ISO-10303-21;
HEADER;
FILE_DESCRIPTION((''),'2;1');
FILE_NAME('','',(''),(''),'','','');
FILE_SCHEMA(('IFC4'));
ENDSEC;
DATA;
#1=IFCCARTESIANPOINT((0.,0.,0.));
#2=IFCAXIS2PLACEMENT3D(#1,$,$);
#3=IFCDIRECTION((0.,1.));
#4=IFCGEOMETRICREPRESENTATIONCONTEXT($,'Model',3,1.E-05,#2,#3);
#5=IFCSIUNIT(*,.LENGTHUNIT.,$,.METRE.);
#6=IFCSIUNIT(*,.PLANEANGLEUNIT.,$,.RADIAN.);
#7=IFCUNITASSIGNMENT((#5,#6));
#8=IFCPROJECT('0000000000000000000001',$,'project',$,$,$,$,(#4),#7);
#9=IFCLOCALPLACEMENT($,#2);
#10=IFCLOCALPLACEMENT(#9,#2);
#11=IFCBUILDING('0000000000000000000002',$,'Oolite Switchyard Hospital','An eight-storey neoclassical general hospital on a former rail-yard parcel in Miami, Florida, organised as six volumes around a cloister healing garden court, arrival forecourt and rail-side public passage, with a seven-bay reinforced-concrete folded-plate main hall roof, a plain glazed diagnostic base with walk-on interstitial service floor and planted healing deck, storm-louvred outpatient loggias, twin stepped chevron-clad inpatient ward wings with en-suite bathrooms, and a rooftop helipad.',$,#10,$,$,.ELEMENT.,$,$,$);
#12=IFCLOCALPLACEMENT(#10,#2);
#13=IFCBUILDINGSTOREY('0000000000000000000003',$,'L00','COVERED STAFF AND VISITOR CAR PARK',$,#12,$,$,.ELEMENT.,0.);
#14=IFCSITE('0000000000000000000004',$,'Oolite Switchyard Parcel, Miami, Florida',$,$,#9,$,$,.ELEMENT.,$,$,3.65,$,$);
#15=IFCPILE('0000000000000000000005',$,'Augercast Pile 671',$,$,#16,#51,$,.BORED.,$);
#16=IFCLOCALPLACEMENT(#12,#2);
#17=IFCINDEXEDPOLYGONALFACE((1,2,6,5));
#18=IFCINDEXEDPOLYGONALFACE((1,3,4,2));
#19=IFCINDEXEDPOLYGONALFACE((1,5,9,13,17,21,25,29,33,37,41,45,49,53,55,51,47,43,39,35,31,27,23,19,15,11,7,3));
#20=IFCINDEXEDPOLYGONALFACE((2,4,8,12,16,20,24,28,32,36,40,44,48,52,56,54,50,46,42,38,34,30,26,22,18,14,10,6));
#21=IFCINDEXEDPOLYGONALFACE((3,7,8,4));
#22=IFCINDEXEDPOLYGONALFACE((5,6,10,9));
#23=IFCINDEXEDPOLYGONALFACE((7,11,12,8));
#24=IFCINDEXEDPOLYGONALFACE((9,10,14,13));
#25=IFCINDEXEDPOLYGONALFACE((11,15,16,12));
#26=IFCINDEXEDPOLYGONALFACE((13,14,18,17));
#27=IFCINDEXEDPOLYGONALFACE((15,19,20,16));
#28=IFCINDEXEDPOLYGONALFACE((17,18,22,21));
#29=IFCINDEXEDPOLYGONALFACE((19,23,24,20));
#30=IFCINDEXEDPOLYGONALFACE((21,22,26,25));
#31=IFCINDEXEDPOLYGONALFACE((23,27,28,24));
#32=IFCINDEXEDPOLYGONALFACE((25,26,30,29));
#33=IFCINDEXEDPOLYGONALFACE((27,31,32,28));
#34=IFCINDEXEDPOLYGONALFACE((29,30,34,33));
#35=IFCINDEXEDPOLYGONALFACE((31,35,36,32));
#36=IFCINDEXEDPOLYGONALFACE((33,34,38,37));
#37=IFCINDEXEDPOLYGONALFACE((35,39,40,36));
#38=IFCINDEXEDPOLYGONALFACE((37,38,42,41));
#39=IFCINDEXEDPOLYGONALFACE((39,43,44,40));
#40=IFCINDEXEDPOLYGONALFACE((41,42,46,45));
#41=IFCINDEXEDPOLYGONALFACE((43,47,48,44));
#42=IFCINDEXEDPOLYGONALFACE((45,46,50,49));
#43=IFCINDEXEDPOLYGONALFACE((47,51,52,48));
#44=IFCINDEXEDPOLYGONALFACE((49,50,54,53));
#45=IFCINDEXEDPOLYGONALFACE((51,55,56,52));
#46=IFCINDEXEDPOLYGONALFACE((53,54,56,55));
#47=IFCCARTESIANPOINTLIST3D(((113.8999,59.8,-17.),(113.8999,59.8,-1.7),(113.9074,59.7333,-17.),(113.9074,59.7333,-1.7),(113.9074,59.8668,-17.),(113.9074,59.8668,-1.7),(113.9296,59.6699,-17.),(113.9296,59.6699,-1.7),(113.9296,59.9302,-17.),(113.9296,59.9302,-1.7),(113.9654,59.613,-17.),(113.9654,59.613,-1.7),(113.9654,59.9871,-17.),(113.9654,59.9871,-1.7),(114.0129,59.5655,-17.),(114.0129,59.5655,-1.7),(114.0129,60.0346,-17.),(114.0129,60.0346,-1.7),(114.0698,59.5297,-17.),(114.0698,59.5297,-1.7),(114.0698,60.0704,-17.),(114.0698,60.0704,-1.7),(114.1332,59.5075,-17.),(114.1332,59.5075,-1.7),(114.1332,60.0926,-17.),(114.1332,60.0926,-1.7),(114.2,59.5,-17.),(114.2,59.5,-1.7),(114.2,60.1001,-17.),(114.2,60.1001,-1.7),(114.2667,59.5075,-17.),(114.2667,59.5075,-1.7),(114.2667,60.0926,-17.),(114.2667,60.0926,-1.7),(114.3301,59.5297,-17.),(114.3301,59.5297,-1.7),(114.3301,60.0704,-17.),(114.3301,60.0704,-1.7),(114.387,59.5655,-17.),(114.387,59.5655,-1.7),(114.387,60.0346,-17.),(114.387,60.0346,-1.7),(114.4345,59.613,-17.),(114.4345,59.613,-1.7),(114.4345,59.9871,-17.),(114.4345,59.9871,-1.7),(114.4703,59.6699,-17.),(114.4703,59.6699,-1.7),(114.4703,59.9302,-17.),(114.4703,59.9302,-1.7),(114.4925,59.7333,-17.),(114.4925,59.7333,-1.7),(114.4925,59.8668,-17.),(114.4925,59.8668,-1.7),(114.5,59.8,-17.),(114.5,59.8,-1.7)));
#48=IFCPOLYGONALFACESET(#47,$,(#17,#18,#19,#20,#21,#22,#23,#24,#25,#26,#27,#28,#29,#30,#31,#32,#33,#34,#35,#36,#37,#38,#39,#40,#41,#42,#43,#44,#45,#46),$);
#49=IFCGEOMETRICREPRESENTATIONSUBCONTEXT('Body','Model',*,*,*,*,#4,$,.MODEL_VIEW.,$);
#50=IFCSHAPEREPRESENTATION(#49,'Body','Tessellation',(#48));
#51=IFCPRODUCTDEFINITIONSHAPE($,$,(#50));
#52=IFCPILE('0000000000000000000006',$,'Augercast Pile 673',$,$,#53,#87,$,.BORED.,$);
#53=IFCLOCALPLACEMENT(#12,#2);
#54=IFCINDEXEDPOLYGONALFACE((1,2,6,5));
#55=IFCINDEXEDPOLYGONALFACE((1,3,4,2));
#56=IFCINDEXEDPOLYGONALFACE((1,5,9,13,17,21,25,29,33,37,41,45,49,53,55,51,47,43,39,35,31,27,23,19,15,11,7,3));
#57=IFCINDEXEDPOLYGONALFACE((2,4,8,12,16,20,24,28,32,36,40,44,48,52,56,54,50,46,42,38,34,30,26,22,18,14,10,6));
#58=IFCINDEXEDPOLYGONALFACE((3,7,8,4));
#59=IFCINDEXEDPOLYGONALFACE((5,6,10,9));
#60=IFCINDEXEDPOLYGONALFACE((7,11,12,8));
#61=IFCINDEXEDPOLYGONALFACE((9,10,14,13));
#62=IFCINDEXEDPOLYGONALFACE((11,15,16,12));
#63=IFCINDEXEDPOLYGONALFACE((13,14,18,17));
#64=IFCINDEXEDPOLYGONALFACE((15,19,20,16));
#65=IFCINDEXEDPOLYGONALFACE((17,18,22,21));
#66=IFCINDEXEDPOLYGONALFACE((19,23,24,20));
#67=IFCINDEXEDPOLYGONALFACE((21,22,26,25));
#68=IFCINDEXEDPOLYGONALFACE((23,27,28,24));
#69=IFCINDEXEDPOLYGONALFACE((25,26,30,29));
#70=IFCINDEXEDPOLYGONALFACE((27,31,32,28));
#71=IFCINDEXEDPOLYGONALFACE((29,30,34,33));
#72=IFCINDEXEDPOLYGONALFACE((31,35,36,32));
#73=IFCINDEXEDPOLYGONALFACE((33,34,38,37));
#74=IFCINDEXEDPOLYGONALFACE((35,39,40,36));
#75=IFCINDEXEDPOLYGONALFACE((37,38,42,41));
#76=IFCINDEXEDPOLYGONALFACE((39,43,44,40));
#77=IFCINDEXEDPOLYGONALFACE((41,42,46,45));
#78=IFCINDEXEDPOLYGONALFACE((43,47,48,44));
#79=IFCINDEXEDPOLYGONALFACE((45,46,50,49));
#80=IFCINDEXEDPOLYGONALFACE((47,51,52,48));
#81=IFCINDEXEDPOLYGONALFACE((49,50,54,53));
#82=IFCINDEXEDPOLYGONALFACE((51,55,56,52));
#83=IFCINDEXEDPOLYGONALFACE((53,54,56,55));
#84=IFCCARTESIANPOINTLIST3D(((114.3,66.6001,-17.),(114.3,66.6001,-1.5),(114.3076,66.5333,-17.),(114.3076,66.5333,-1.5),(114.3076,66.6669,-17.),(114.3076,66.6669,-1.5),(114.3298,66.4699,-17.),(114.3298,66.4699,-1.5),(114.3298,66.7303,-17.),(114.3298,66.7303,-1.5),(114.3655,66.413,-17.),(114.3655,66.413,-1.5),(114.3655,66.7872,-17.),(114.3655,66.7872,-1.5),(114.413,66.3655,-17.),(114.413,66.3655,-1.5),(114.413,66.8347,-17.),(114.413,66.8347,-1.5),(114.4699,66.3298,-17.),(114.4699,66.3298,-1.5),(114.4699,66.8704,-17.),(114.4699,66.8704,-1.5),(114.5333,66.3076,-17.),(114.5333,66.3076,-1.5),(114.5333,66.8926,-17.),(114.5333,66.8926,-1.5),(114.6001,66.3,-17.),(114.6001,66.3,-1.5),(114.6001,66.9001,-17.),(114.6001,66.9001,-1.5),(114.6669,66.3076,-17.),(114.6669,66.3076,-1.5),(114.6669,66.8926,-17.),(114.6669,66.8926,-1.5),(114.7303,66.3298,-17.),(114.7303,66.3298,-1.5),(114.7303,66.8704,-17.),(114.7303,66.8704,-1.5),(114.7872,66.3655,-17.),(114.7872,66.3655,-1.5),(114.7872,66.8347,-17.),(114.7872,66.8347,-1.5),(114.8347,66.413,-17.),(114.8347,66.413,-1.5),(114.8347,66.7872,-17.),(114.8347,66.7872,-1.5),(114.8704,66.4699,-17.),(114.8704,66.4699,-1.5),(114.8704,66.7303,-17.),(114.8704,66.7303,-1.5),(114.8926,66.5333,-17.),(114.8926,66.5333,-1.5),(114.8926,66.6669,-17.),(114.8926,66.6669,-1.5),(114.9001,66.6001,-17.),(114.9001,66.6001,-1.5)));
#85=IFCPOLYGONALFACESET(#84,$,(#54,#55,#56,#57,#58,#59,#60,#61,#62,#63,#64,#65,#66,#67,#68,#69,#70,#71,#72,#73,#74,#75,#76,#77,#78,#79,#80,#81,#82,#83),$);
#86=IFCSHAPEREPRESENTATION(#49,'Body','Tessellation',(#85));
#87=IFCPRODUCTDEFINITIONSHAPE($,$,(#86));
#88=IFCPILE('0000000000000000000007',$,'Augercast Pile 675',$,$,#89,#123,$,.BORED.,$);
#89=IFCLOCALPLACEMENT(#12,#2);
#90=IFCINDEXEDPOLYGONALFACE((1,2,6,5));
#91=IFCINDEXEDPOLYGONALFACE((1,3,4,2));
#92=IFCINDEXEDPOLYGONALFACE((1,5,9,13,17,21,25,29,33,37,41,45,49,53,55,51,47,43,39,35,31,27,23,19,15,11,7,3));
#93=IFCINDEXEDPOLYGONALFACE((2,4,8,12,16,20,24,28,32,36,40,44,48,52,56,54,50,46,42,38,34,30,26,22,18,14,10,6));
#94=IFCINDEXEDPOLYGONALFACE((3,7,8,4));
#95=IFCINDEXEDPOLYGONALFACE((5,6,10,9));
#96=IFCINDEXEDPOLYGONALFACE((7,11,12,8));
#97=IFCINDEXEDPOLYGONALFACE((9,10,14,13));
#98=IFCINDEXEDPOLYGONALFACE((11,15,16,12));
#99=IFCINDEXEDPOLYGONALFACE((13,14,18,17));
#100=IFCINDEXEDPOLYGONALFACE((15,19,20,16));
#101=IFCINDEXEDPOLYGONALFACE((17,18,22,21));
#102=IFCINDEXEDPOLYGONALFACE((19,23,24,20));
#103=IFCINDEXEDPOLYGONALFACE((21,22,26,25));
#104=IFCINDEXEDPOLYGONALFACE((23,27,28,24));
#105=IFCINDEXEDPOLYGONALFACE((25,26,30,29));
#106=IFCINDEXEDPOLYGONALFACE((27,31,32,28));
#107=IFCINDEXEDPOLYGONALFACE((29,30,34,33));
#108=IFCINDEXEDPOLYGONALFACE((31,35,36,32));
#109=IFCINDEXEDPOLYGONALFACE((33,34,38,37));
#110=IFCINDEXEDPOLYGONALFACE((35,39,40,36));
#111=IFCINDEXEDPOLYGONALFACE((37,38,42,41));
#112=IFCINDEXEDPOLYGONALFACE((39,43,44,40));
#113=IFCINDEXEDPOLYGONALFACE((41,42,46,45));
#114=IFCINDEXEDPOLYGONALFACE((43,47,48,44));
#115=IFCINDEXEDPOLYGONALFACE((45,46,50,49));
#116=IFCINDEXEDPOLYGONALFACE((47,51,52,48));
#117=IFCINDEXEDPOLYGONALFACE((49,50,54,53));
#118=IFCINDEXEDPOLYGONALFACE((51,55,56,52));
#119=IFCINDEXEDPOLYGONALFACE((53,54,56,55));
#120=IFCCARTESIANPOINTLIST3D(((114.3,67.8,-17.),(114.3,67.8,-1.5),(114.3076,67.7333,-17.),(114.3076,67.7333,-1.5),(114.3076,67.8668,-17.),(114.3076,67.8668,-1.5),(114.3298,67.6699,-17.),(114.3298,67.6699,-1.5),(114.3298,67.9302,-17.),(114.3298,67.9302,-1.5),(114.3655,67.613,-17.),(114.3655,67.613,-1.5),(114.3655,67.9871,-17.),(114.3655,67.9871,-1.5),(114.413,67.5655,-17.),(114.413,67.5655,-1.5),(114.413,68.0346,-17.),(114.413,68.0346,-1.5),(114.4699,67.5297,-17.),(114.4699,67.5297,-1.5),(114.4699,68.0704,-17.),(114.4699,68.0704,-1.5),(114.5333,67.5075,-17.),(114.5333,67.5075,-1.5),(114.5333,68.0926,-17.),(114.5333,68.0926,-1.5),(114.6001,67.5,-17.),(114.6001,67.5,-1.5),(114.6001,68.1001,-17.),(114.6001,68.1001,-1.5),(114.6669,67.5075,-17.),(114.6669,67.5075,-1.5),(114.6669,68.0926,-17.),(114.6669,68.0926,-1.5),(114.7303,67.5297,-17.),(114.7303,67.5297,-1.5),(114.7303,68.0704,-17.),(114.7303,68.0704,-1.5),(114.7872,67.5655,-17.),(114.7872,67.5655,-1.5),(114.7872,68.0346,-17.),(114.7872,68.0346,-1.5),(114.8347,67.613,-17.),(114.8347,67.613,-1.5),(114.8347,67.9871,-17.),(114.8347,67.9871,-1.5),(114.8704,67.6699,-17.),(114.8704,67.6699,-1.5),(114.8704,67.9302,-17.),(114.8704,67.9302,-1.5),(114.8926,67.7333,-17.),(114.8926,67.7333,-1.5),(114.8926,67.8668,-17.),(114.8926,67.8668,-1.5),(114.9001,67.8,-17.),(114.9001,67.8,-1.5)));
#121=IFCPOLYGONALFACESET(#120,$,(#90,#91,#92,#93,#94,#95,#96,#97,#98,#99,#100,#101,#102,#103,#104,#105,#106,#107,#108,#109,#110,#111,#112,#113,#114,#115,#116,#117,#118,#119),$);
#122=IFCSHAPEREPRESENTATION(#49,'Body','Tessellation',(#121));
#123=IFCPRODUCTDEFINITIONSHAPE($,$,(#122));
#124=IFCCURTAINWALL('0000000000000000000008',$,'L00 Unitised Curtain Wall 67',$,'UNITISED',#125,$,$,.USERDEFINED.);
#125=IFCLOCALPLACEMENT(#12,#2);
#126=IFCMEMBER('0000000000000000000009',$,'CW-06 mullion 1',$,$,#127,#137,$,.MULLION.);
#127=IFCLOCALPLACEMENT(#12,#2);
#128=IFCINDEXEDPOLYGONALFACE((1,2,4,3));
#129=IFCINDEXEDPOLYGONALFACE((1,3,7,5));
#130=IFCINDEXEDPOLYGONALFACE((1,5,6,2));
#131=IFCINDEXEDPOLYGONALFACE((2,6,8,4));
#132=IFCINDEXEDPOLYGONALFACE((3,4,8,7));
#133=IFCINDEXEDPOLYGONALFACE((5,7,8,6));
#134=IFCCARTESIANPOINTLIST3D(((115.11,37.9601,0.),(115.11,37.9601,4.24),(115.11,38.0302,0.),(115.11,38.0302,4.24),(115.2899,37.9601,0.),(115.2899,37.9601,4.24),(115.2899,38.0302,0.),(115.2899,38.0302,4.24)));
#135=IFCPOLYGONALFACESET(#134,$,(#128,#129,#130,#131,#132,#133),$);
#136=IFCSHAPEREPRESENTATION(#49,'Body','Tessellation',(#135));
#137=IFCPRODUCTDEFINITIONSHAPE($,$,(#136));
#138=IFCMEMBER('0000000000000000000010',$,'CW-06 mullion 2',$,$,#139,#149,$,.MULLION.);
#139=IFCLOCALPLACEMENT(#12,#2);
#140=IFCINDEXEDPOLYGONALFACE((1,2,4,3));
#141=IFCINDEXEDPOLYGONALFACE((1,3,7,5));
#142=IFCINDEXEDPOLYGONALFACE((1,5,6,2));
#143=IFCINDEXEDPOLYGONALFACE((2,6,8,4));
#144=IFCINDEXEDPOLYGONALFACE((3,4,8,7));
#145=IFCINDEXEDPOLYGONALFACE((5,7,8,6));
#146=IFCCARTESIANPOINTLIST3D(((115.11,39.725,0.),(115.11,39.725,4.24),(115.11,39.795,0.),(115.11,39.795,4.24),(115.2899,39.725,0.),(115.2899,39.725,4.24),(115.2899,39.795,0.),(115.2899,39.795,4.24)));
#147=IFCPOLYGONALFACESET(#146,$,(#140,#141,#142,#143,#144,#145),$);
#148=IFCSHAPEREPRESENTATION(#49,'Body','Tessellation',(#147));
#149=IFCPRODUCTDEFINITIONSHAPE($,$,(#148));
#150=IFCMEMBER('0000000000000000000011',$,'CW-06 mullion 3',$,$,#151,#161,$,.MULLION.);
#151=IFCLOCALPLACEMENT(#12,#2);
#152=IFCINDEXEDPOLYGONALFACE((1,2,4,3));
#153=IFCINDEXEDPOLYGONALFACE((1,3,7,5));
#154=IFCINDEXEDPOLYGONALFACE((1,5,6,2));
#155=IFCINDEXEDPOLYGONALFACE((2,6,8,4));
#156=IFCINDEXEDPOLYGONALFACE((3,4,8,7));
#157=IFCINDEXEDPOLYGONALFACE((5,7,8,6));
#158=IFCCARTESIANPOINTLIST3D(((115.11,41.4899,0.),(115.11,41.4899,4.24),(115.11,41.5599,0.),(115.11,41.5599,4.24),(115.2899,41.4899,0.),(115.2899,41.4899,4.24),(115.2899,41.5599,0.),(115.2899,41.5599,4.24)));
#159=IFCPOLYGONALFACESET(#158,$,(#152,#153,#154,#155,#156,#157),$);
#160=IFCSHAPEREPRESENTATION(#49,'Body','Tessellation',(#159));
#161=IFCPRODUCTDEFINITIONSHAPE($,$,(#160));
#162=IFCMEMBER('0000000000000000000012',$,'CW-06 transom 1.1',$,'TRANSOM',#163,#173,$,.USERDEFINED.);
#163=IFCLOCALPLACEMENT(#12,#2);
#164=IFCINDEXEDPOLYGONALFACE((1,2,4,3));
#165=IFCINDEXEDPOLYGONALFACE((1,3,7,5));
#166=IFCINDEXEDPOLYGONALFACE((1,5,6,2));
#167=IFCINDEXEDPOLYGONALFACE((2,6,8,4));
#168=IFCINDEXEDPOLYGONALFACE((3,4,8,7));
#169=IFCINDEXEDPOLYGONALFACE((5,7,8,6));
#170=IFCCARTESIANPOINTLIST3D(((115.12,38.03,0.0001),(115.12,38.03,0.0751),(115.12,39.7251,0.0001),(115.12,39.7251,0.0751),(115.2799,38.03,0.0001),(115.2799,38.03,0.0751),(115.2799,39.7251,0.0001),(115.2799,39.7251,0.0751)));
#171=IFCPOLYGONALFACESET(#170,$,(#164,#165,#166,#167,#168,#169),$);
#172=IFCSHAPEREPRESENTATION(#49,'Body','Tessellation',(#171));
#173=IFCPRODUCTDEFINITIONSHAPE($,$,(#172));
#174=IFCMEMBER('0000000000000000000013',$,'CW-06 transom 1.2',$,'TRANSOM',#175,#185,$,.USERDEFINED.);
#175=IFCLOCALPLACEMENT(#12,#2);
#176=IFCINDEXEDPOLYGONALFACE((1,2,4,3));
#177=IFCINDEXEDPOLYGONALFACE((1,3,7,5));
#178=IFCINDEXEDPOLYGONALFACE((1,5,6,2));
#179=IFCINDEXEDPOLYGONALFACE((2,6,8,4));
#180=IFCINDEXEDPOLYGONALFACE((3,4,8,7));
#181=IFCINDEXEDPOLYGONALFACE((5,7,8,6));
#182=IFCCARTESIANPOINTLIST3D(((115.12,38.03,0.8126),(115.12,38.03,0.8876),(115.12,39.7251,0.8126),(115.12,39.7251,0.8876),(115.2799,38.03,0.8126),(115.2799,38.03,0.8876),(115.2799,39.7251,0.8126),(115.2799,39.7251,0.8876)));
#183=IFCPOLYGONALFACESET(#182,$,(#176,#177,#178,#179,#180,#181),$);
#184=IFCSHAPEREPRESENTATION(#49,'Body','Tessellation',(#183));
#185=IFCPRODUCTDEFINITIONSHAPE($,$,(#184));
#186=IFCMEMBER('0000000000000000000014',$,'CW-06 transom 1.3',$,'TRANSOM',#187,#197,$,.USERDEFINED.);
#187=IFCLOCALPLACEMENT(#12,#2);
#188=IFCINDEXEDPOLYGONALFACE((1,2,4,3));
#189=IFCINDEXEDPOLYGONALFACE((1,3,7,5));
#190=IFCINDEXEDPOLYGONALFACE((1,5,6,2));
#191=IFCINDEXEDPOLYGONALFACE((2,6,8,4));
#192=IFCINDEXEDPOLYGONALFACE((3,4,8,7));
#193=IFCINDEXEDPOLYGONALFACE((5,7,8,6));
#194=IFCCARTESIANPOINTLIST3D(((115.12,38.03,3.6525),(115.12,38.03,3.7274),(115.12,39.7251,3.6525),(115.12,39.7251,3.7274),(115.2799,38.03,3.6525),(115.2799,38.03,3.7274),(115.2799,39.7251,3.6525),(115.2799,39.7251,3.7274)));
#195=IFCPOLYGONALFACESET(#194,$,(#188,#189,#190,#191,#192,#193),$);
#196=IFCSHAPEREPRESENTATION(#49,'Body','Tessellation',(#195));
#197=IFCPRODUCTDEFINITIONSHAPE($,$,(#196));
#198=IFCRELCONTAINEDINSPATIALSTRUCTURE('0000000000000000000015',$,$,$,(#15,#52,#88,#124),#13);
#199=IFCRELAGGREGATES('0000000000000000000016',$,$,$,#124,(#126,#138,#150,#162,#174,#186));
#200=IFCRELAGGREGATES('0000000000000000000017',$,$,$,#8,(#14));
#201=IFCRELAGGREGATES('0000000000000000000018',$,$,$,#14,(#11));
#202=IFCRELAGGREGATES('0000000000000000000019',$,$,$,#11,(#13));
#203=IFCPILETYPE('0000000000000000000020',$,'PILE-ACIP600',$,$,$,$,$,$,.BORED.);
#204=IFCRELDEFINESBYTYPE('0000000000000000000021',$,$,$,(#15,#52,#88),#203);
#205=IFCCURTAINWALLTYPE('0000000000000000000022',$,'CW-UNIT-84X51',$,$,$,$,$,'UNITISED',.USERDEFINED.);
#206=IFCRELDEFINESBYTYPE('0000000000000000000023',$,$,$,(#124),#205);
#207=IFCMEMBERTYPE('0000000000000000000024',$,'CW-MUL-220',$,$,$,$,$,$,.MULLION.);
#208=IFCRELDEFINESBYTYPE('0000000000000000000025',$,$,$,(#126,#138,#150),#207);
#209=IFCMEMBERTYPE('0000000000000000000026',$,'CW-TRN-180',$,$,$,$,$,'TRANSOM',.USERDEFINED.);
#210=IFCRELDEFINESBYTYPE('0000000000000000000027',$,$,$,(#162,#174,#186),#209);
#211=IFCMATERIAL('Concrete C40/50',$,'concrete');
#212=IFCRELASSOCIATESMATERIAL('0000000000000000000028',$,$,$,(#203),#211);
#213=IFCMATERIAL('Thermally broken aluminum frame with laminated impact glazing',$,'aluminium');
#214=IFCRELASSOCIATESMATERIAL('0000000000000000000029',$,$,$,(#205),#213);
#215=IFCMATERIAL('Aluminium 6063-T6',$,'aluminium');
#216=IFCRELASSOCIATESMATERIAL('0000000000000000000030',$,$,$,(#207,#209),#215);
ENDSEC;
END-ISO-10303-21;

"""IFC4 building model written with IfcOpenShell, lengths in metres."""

from ifc_helpers import new_model, si_unit, direction, frame, origin, origin_2d, place, context, subcontext, project, spatial, rectangle, circle, extrude, material, material_profile, profile_set, type_object, element, aggregate, save


model = new_model("IFC4")

# Units and contexts
model_context = context("Model", 3, precision=1e-05, world=origin(), true_north=direction((0.0, 1.0)))
body_context = subcontext(model_context, "Body", "Model", "MODEL_VIEW")
ifc_project = project(units=[si_unit("LENGTHUNIT", "METRE"), si_unit("PLANEANGLEUNIT", "RADIAN")], contexts=[model_context])

# Site, building, storey
site_placement = place(None, origin())
site = spatial("IfcSite", under=ifc_project, at=site_placement, Name="Oolite Switchyard Parcel, Miami, Florida", CompositionType="ELEMENT", RefElevation=3.65)
building_placement = place(site_placement, origin())
building = spatial("IfcBuilding", under=site, at=building_placement, Name="Oolite Switchyard Hospital", Description="An eight-storey neoclassical general hospital on a former rail-yard parcel in Miami, Florida, organised as six volumes around a cloister healing garden court, arrival forecourt and rail-side public passage, with a seven-bay reinforced-concrete folded-plate main hall roof, a plain glazed diagnostic base with walk-on interstitial service floor and planted healing deck, storm-louvred outpatient loggias, twin stepped chevron-clad inpatient ward wings with en-suite bathrooms, and a rooftop helipad.", CompositionType="ELEMENT")
storey_placement = place(building_placement, origin())
storey = spatial("IfcBuildingStorey", under=building, at=storey_placement, Name="L00", Description="COVERED STAFF AND VISITOR CAR PARK", CompositionType="ELEMENT", Elevation=0.0)

# Shared definitions
ifc_material_1 = material(Name="Concrete C40/50", Category="concrete")

# Piles
ifc_material_profile_1 = material_profile(ifc_material_1, circle(Radius=0.3, at=origin_2d()), Name="PILE600")
ifc_profile_set_1 = profile_set([ifc_material_profile_1], Name="Concrete C40/50")
pile_type = type_object("IfcPileType", Name="PILE-ACIP600", PredefinedType="BORED", material=ifc_profile_set_1)
for number, where, z_axis, x_axis, name in (
    (1, (114.2, 59.8, -1.7), (0.0, 0.0, -1.0), (1.0, 0.0, 0.0), "Augercast Pile 671"),
):
    element("IfcPile", number, at=place(storey_placement, frame(where, z_axis=z_axis, x_axis=x_axis)), inside=storey, type_object=pile_type, Name=name, PredefinedType="BORED", context=body_context, shape_type="SweptSolid", body=[
        extrude(circle(Radius=0.3, at=origin_2d()), origin(), (0.0, 0.0, 1.0), 15.3),
    ])
for number, where, z_axis, x_axis, name in (
    (2, (114.6001, 66.6001, -1.5), (0.0, 0.0, -1.0), (1.0, 0.0, 0.0), "Augercast Pile 673"),
    (3, (114.6001, 67.8, -1.5), (0.0, 0.0, -1.0), (1.0, 0.0, 0.0), "Augercast Pile 675"),
):
    element("IfcPile", number, at=place(storey_placement, frame(where, z_axis=z_axis, x_axis=x_axis)), inside=storey, type_object=pile_type, Name=name, PredefinedType="BORED", context=body_context, shape_type="SweptSolid", body=[
        extrude(circle(Radius=0.3, at=origin_2d()), origin(), (0.0, 0.0, 1.0), 15.5),
    ])

# Curtain wall, members
ifc_material_2 = material(Name="Thermally broken aluminum frame with laminated impact glazing", Category="aluminium")
curtain_wall_type = type_object("IfcCurtainWallType", Name="CW-UNIT-84X51", ElementType="UNITISED", PredefinedType="USERDEFINED", material=ifc_material_2)
curtain_wall_placement = place(storey_placement, origin())
curtain_wall = element("IfcCurtainWall", 4, at=curtain_wall_placement, inside=storey, type_object=curtain_wall_type, Name="L00 Unitised Curtain Wall 67", ObjectType="UNITISED", PredefinedType="USERDEFINED")
ifc_material_3 = material(Name="Aluminium 6063-T6", Category="aluminium")
ifc_material_profile_2 = material_profile(ifc_material_3, rectangle(XDim=0.1799, YDim=0.0701, at=origin_2d()), Name="CWM70X180")
ifc_profile_set_2 = profile_set([ifc_material_profile_2], Name="Aluminium 6063-T6")
member_type_1 = type_object("IfcMemberType", Name="CW-MUL-220", PredefinedType="MULLION", material=ifc_profile_set_2)
member_1_placement = place(storey_placement, frame((115.2, 37.9951, 0.0), z_axis=(0.0, 0.0, 1.0), x_axis=(-1.0, 0.0, 0.0)))
member_1 = element("IfcMember", 5, at=member_1_placement, type_object=member_type_1, Name="CW-06 mullion 1", PredefinedType="MULLION", context=body_context, shape_type="SweptSolid", body=[
    extrude(rectangle(XDim=0.1799, YDim=0.0701, at=origin_2d()), origin(), (0.0, 0.0, 1.0), 4.24),
])
member_2_placement = place(storey_placement, frame((115.2, 39.76, 0.0), z_axis=(0.0, 0.0, 1.0), x_axis=(-1.0, 0.0, 0.0)))
member_2 = element("IfcMember", 6, at=member_2_placement, type_object=member_type_1, Name="CW-06 mullion 2", PredefinedType="MULLION", context=body_context, shape_type="SweptSolid", body=[
    extrude(rectangle(XDim=0.1799, YDim=0.0701, at=origin_2d()), origin(), (0.0, 0.0, 1.0), 4.24),
])
member_3_placement = place(storey_placement, frame((115.2, 41.5249, 0.0), z_axis=(0.0, 0.0, 1.0), x_axis=(-1.0, 0.0, 0.0)))
member_3 = element("IfcMember", 7, at=member_3_placement, type_object=member_type_1, Name="CW-06 mullion 3", PredefinedType="MULLION", context=body_context, shape_type="SweptSolid", body=[
    extrude(rectangle(XDim=0.1799, YDim=0.0701, at=origin_2d()), origin(), (0.0, 0.0, 1.0), 4.24),
])
ifc_material_profile_3 = material_profile(ifc_material_3, rectangle(XDim=0.1599, YDim=0.075, at=origin_2d()), Name="CWT75X160")
ifc_profile_set_3 = profile_set([ifc_material_profile_3], Name="Aluminium 6063-T6")
member_type_2 = type_object("IfcMemberType", Name="CW-TRN-180", ElementType="TRANSOM", PredefinedType="USERDEFINED", material=ifc_profile_set_3)
member_4_placement = place(storey_placement, frame((115.2, 38.03, 0.0376), z_axis=(0.0, 1.0, 0.0), x_axis=(-1.0, 0.0, 0.0)))
member_4 = element("IfcMember", 8, at=member_4_placement, type_object=member_type_2, Name="CW-06 transom 1.1", ObjectType="TRANSOM", PredefinedType="USERDEFINED", context=body_context, shape_type="SweptSolid", body=[
    extrude(rectangle(XDim=0.1599, YDim=0.075, at=origin_2d()), origin(), (0.0, 0.0, 1.0), 1.6951),
])
member_5_placement = place(storey_placement, frame((115.2, 38.03, 0.8501), z_axis=(0.0, 1.0, 0.0), x_axis=(-1.0, 0.0, 0.0)))
member_5 = element("IfcMember", 9, at=member_5_placement, type_object=member_type_2, Name="CW-06 transom 1.2", ObjectType="TRANSOM", PredefinedType="USERDEFINED", context=body_context, shape_type="SweptSolid", body=[
    extrude(rectangle(XDim=0.1599, YDim=0.075, at=origin_2d()), origin(), (0.0, 0.0, 1.0), 1.6951),
])
member_6_placement = place(storey_placement, frame((115.2, 38.03, 3.6899), z_axis=(0.0, 1.0, 0.0), x_axis=(-1.0, 0.0, 0.0)))
member_6 = element("IfcMember", 10, at=member_6_placement, type_object=member_type_2, Name="CW-06 transom 1.3", ObjectType="TRANSOM", PredefinedType="USERDEFINED", context=body_context, shape_type="SweptSolid", body=[
    extrude(rectangle(XDim=0.1599, YDim=0.075, at=origin_2d()), origin(), (0.0, 0.0, 1.0), 1.6951),
])
aggregate(curtain_wall, [member_1, member_2, member_3, member_4, member_5, member_6])

save(model, "model.ifc")
